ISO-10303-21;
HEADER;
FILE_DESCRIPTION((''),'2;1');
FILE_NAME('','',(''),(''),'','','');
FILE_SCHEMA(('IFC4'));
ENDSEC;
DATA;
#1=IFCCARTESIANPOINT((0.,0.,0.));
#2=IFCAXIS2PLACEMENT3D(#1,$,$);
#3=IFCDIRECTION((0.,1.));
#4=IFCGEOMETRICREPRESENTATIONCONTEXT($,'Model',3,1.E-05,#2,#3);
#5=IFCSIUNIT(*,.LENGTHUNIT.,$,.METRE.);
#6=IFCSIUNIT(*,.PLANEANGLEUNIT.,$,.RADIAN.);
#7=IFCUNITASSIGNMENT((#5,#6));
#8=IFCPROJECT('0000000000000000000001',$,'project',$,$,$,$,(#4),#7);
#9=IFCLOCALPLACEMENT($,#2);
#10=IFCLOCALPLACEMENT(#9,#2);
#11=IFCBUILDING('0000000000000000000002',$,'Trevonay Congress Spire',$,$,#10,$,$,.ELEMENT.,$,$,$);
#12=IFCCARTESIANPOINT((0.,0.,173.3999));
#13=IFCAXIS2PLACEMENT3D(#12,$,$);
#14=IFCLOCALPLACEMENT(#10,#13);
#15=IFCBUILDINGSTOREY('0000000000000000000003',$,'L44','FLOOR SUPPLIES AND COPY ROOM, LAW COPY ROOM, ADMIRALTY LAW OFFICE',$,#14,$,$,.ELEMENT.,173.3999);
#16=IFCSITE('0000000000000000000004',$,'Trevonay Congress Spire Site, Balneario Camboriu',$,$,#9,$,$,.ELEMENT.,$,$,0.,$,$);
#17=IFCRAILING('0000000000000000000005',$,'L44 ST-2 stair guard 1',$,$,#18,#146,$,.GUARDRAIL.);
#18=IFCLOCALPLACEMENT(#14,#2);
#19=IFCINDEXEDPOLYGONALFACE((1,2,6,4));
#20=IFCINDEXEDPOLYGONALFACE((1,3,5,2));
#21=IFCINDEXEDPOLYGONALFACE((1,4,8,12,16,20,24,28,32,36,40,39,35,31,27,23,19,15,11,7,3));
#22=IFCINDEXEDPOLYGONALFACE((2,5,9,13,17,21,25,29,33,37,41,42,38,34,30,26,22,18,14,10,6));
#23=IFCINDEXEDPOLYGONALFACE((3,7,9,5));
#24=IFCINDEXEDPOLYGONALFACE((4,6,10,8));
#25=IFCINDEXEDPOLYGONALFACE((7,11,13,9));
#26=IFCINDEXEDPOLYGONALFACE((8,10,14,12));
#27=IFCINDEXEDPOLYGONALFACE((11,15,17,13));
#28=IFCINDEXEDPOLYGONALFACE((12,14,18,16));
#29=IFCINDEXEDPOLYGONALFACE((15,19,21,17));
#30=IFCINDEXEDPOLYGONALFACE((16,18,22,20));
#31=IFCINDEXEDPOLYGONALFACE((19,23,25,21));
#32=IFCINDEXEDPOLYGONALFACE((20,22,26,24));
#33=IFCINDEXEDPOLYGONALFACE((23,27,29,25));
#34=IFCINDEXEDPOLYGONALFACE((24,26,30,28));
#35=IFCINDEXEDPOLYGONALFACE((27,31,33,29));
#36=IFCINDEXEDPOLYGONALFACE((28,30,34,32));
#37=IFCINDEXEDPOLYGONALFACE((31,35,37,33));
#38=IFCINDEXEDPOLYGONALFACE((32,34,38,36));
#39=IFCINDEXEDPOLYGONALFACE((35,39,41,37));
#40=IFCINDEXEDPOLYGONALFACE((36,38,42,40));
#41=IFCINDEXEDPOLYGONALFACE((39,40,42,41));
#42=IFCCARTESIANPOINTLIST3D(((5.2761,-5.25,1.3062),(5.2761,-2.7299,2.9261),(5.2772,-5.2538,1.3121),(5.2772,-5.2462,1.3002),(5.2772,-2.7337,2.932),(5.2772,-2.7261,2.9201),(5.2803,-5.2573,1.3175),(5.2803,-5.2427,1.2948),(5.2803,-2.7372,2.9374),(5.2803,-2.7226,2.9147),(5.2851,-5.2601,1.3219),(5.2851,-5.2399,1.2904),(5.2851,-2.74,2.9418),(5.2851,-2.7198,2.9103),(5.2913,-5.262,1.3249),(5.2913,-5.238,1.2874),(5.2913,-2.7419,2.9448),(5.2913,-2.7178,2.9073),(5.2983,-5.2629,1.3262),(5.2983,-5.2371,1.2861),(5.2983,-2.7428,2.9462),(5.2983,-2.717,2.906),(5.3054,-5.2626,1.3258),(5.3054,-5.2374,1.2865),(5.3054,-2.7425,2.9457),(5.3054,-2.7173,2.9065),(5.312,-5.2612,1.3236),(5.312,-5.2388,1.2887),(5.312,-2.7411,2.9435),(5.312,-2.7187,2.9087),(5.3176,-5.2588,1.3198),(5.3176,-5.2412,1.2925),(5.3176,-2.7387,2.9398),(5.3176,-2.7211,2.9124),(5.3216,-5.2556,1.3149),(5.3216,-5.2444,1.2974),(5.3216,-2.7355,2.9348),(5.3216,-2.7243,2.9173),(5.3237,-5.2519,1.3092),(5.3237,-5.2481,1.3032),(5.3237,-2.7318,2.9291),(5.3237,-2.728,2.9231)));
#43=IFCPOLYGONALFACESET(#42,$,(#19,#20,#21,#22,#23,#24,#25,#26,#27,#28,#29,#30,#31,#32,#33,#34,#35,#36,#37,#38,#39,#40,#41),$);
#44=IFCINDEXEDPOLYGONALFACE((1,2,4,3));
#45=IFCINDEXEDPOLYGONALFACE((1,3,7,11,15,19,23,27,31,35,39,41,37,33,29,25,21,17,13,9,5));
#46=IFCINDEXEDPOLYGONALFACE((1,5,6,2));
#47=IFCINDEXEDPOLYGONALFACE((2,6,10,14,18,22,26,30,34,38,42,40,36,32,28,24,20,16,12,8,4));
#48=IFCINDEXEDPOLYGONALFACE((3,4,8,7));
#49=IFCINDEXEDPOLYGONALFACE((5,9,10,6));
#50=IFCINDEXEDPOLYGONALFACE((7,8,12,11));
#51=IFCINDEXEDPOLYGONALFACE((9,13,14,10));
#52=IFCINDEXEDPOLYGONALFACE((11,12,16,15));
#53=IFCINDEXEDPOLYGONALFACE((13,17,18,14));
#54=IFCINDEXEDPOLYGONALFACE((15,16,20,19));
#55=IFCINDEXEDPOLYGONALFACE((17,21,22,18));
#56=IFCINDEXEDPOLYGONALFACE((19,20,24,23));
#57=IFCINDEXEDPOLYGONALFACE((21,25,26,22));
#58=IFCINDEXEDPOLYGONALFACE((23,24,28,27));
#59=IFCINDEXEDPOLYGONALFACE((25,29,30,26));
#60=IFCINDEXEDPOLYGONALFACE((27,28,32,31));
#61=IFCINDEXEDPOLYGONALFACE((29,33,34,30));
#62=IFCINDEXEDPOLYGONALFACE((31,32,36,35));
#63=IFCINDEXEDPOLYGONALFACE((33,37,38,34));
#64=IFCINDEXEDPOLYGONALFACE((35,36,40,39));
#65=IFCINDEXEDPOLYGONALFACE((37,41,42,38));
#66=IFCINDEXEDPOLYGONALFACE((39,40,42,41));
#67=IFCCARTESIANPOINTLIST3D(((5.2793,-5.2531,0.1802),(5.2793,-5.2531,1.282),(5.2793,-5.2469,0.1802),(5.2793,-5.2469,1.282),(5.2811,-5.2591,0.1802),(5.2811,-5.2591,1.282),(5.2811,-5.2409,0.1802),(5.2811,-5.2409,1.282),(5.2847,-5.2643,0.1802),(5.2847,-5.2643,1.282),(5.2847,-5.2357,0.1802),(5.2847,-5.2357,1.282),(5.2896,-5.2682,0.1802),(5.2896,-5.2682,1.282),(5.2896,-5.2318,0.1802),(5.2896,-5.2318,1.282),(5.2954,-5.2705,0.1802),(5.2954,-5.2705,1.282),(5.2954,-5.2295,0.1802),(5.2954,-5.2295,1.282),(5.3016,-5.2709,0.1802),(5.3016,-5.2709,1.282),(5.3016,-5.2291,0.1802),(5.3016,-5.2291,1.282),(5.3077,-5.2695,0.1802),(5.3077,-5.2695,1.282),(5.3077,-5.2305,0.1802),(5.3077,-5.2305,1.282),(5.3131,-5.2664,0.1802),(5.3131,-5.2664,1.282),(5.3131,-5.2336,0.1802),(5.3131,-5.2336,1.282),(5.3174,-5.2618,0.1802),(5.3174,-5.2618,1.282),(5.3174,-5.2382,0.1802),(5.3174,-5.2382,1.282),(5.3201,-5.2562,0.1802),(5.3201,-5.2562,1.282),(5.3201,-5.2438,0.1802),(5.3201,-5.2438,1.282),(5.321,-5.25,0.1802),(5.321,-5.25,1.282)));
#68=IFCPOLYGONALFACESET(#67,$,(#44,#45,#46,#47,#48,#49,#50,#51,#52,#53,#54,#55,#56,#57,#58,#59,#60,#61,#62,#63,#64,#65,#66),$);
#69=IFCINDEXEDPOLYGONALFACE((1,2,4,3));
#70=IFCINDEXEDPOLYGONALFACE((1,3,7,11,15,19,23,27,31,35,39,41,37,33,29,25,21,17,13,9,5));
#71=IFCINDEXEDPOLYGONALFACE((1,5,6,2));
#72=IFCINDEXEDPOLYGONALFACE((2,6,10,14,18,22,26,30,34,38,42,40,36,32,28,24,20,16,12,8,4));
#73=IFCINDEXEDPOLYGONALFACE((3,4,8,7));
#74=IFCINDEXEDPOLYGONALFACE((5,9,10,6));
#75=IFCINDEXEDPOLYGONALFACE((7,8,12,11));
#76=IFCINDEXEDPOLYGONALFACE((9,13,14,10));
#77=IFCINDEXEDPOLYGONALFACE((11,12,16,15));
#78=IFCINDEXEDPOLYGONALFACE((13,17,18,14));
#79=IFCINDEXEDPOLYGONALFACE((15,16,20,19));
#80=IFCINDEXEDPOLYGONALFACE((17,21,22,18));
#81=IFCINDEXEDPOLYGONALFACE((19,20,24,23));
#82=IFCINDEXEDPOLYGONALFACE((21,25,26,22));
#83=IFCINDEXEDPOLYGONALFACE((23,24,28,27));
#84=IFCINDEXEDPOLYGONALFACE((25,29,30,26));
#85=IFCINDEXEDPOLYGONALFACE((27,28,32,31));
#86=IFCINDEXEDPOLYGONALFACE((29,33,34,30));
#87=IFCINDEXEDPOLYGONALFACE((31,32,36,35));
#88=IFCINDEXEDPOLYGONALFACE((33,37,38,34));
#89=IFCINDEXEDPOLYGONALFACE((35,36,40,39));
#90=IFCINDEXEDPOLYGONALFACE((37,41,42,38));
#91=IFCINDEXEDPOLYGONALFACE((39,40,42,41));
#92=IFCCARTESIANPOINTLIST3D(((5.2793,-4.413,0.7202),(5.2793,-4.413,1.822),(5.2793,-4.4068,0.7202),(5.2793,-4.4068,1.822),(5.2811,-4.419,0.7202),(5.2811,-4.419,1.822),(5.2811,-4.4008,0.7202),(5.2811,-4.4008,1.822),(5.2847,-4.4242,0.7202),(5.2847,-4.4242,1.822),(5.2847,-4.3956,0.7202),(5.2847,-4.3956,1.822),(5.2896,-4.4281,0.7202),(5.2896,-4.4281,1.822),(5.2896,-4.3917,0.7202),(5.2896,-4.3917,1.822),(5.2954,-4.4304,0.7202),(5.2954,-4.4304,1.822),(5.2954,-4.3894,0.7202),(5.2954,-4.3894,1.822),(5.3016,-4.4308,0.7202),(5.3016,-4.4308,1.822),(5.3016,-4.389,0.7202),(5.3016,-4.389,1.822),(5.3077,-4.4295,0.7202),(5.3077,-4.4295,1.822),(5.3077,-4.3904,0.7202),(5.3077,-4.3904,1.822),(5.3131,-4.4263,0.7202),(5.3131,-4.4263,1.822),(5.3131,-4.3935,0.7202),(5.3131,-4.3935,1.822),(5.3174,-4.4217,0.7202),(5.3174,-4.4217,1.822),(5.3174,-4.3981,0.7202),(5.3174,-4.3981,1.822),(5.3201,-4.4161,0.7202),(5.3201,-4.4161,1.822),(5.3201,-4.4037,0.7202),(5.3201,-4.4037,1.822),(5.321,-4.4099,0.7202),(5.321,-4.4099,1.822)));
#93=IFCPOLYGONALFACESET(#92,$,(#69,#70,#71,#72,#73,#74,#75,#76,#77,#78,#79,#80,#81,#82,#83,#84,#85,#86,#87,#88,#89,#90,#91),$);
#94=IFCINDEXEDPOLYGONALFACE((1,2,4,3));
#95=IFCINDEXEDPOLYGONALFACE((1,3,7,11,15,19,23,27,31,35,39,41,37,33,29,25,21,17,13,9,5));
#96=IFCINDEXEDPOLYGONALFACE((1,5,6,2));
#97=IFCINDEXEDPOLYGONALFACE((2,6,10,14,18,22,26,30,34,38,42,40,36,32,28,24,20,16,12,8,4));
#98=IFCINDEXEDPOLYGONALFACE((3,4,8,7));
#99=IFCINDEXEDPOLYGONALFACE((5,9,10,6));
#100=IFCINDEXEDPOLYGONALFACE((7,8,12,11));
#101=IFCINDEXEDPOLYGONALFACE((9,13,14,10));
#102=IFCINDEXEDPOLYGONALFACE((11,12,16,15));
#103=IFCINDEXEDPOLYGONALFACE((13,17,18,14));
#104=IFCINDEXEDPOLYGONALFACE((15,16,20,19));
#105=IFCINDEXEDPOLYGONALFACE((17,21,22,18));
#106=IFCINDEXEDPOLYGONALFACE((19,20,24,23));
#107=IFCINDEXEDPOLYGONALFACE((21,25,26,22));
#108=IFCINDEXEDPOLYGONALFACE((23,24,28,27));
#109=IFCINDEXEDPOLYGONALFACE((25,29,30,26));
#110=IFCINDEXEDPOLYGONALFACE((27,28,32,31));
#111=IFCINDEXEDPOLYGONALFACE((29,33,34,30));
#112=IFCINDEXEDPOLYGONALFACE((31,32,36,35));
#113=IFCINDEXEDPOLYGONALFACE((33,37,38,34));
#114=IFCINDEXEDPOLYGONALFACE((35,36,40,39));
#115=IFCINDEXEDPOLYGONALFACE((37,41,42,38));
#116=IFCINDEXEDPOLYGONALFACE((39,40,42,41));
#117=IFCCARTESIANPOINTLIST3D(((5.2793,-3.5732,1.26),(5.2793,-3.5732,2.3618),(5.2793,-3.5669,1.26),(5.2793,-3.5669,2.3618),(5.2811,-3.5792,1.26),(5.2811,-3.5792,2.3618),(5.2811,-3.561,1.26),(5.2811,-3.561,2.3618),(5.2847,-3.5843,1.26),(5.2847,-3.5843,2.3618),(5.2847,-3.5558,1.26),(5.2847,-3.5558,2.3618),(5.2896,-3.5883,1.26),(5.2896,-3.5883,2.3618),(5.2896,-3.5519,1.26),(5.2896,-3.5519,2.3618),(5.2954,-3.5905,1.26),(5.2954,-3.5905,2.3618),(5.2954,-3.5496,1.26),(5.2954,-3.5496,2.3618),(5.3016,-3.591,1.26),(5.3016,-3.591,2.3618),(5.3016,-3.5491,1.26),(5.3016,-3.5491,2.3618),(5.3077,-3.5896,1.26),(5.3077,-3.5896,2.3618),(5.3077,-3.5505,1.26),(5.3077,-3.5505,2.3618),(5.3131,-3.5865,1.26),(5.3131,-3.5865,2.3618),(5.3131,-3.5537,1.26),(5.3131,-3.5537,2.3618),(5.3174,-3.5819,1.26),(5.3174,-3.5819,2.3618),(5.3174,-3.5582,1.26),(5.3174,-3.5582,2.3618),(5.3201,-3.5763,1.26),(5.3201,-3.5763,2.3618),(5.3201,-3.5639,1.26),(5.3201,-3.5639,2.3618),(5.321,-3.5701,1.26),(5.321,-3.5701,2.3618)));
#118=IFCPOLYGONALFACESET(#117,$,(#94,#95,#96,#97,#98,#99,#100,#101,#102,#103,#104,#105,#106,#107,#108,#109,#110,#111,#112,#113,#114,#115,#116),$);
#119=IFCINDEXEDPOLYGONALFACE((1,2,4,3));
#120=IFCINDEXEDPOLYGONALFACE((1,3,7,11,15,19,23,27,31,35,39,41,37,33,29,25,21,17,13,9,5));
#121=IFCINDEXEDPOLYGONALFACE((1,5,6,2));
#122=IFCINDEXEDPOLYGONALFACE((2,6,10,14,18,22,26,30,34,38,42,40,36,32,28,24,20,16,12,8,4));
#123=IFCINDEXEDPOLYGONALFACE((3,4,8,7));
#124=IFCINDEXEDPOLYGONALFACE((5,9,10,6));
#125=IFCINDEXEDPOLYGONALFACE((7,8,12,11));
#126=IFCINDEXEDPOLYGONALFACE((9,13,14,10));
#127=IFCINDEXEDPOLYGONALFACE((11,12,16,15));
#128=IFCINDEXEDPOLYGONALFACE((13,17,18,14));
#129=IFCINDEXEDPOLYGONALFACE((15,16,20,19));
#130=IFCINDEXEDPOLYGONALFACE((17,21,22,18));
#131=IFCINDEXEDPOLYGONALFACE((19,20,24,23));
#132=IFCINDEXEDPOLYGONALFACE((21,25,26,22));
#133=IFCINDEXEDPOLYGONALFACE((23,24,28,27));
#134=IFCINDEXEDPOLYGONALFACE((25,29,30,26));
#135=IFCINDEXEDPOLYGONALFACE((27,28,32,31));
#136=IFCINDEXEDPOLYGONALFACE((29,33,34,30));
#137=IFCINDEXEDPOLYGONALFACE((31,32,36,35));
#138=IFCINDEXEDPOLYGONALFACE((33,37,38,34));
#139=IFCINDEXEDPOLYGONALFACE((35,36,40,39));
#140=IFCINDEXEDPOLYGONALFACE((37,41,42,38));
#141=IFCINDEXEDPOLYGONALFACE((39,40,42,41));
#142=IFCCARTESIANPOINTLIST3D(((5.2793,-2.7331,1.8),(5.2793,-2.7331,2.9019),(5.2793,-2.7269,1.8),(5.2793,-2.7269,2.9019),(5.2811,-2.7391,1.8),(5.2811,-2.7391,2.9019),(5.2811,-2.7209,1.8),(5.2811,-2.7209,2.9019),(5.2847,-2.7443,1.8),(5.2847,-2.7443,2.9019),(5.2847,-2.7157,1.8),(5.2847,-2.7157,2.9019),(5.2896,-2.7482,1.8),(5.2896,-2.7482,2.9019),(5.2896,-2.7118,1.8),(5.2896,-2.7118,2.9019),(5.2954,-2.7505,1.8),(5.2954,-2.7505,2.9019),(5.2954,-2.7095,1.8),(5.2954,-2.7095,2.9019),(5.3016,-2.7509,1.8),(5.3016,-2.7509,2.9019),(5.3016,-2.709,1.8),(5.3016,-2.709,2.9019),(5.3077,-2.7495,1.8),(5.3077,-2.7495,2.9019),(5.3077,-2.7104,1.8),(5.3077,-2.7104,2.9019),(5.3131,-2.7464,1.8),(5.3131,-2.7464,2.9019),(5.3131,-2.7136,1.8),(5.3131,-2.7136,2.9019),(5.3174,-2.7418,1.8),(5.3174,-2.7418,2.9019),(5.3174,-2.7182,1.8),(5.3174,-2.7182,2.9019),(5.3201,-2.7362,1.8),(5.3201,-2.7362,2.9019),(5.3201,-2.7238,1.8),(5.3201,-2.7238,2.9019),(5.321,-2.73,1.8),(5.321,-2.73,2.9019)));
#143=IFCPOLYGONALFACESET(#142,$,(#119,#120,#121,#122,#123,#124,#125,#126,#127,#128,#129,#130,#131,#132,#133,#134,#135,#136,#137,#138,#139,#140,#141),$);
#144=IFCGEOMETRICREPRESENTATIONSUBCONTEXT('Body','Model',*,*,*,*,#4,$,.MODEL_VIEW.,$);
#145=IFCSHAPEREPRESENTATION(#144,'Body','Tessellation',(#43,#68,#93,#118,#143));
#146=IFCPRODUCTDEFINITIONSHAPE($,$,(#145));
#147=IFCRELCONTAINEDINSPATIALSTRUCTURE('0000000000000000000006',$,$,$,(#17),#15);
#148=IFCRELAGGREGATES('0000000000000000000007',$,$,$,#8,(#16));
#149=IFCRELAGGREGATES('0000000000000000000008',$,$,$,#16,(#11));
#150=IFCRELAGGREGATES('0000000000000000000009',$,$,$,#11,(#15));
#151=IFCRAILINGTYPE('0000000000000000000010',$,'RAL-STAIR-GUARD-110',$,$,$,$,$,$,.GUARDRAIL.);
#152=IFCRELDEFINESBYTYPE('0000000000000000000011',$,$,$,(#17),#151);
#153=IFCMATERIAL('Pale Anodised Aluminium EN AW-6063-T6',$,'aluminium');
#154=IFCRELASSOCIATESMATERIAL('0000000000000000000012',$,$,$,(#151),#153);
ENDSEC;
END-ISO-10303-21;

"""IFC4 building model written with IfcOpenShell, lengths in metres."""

from ifc_helpers import new_model, si_unit, direction, frame, origin, origin_2d, place, context, subcontext, project, spatial, circle, extrude, material, type_object, element, save


model = new_model("IFC4")

# Units and contexts
model_context = context("Model", 3, precision=1e-05, world=origin(), true_north=direction((0.0, 1.0)))
body_context = subcontext(model_context, "Body", "Model", "MODEL_VIEW")
ifc_project = project(units=[si_unit("LENGTHUNIT", "METRE"), si_unit("PLANEANGLEUNIT", "RADIAN")], contexts=[model_context])

# Site, building, storey
site_placement = place(None, origin())
site = spatial("IfcSite", under=ifc_project, at=site_placement, Name="Trevonay Congress Spire Site, Balneario Camboriu", CompositionType="ELEMENT", RefElevation=0.0)
building_placement = place(site_placement, origin())
building = spatial("IfcBuilding", under=site, at=building_placement, Name="Trevonay Congress Spire", CompositionType="ELEMENT")
storey_placement = place(building_placement, frame((0.0, 0.0, 173.3999)))
storey = spatial("IfcBuildingStorey", under=building, at=storey_placement, Name="L44", Description="FLOOR SUPPLIES AND COPY ROOM, LAW COPY ROOM, ADMIRALTY LAW OFFICE", CompositionType="ELEMENT", Elevation=173.3999)

# Railing
ifc_material_1 = material(Name="Pale Anodised Aluminium EN AW-6063-T6", Category="aluminium")
railing_type_1 = type_object("IfcRailingType", Name="RAL-STAIR-GUARD-110", PredefinedType="GUARDRAIL", material=ifc_material_1)
railing_1_placement = place(storey_placement, frame((5.3, -5.25, 0.1802)))
element("IfcRailing", 1, at=railing_1_placement, inside=storey, type_object=railing_type_1, Name="L44 ST-2 stair guard 1", PredefinedType="GUARDRAIL", context=body_context, shape_type="SweptSolid", body=[
    extrude(circle(Radius=0.0239, at=origin_2d()), frame((0.0, 0.0, 1.126), z_axis=(0.0, 0.8412, 0.540725), x_axis=(-1.0, 0.0, 0.0)), (0.0, 0.0, 1.0), 2.9958),
    extrude(circle(Radius=0.021, at=origin_2d()), origin(), (0.0, 0.0, 1.0), 1.1018),
    extrude(circle(Radius=0.021, at=origin_2d()), frame((0.0, 0.8401, 0.54)), (0.0, 0.0, 1.0), 1.1018),
    extrude(circle(Radius=0.021, at=origin_2d()), frame((0.0, 1.6799, 1.0798)), (0.0, 0.0, 1.0), 1.1018),
    extrude(circle(Radius=0.021, at=origin_2d()), frame((0.0, 2.52, 1.6199)), (0.0, 0.0, 1.0), 1.1018),
])

save(model, "model.ifc")
